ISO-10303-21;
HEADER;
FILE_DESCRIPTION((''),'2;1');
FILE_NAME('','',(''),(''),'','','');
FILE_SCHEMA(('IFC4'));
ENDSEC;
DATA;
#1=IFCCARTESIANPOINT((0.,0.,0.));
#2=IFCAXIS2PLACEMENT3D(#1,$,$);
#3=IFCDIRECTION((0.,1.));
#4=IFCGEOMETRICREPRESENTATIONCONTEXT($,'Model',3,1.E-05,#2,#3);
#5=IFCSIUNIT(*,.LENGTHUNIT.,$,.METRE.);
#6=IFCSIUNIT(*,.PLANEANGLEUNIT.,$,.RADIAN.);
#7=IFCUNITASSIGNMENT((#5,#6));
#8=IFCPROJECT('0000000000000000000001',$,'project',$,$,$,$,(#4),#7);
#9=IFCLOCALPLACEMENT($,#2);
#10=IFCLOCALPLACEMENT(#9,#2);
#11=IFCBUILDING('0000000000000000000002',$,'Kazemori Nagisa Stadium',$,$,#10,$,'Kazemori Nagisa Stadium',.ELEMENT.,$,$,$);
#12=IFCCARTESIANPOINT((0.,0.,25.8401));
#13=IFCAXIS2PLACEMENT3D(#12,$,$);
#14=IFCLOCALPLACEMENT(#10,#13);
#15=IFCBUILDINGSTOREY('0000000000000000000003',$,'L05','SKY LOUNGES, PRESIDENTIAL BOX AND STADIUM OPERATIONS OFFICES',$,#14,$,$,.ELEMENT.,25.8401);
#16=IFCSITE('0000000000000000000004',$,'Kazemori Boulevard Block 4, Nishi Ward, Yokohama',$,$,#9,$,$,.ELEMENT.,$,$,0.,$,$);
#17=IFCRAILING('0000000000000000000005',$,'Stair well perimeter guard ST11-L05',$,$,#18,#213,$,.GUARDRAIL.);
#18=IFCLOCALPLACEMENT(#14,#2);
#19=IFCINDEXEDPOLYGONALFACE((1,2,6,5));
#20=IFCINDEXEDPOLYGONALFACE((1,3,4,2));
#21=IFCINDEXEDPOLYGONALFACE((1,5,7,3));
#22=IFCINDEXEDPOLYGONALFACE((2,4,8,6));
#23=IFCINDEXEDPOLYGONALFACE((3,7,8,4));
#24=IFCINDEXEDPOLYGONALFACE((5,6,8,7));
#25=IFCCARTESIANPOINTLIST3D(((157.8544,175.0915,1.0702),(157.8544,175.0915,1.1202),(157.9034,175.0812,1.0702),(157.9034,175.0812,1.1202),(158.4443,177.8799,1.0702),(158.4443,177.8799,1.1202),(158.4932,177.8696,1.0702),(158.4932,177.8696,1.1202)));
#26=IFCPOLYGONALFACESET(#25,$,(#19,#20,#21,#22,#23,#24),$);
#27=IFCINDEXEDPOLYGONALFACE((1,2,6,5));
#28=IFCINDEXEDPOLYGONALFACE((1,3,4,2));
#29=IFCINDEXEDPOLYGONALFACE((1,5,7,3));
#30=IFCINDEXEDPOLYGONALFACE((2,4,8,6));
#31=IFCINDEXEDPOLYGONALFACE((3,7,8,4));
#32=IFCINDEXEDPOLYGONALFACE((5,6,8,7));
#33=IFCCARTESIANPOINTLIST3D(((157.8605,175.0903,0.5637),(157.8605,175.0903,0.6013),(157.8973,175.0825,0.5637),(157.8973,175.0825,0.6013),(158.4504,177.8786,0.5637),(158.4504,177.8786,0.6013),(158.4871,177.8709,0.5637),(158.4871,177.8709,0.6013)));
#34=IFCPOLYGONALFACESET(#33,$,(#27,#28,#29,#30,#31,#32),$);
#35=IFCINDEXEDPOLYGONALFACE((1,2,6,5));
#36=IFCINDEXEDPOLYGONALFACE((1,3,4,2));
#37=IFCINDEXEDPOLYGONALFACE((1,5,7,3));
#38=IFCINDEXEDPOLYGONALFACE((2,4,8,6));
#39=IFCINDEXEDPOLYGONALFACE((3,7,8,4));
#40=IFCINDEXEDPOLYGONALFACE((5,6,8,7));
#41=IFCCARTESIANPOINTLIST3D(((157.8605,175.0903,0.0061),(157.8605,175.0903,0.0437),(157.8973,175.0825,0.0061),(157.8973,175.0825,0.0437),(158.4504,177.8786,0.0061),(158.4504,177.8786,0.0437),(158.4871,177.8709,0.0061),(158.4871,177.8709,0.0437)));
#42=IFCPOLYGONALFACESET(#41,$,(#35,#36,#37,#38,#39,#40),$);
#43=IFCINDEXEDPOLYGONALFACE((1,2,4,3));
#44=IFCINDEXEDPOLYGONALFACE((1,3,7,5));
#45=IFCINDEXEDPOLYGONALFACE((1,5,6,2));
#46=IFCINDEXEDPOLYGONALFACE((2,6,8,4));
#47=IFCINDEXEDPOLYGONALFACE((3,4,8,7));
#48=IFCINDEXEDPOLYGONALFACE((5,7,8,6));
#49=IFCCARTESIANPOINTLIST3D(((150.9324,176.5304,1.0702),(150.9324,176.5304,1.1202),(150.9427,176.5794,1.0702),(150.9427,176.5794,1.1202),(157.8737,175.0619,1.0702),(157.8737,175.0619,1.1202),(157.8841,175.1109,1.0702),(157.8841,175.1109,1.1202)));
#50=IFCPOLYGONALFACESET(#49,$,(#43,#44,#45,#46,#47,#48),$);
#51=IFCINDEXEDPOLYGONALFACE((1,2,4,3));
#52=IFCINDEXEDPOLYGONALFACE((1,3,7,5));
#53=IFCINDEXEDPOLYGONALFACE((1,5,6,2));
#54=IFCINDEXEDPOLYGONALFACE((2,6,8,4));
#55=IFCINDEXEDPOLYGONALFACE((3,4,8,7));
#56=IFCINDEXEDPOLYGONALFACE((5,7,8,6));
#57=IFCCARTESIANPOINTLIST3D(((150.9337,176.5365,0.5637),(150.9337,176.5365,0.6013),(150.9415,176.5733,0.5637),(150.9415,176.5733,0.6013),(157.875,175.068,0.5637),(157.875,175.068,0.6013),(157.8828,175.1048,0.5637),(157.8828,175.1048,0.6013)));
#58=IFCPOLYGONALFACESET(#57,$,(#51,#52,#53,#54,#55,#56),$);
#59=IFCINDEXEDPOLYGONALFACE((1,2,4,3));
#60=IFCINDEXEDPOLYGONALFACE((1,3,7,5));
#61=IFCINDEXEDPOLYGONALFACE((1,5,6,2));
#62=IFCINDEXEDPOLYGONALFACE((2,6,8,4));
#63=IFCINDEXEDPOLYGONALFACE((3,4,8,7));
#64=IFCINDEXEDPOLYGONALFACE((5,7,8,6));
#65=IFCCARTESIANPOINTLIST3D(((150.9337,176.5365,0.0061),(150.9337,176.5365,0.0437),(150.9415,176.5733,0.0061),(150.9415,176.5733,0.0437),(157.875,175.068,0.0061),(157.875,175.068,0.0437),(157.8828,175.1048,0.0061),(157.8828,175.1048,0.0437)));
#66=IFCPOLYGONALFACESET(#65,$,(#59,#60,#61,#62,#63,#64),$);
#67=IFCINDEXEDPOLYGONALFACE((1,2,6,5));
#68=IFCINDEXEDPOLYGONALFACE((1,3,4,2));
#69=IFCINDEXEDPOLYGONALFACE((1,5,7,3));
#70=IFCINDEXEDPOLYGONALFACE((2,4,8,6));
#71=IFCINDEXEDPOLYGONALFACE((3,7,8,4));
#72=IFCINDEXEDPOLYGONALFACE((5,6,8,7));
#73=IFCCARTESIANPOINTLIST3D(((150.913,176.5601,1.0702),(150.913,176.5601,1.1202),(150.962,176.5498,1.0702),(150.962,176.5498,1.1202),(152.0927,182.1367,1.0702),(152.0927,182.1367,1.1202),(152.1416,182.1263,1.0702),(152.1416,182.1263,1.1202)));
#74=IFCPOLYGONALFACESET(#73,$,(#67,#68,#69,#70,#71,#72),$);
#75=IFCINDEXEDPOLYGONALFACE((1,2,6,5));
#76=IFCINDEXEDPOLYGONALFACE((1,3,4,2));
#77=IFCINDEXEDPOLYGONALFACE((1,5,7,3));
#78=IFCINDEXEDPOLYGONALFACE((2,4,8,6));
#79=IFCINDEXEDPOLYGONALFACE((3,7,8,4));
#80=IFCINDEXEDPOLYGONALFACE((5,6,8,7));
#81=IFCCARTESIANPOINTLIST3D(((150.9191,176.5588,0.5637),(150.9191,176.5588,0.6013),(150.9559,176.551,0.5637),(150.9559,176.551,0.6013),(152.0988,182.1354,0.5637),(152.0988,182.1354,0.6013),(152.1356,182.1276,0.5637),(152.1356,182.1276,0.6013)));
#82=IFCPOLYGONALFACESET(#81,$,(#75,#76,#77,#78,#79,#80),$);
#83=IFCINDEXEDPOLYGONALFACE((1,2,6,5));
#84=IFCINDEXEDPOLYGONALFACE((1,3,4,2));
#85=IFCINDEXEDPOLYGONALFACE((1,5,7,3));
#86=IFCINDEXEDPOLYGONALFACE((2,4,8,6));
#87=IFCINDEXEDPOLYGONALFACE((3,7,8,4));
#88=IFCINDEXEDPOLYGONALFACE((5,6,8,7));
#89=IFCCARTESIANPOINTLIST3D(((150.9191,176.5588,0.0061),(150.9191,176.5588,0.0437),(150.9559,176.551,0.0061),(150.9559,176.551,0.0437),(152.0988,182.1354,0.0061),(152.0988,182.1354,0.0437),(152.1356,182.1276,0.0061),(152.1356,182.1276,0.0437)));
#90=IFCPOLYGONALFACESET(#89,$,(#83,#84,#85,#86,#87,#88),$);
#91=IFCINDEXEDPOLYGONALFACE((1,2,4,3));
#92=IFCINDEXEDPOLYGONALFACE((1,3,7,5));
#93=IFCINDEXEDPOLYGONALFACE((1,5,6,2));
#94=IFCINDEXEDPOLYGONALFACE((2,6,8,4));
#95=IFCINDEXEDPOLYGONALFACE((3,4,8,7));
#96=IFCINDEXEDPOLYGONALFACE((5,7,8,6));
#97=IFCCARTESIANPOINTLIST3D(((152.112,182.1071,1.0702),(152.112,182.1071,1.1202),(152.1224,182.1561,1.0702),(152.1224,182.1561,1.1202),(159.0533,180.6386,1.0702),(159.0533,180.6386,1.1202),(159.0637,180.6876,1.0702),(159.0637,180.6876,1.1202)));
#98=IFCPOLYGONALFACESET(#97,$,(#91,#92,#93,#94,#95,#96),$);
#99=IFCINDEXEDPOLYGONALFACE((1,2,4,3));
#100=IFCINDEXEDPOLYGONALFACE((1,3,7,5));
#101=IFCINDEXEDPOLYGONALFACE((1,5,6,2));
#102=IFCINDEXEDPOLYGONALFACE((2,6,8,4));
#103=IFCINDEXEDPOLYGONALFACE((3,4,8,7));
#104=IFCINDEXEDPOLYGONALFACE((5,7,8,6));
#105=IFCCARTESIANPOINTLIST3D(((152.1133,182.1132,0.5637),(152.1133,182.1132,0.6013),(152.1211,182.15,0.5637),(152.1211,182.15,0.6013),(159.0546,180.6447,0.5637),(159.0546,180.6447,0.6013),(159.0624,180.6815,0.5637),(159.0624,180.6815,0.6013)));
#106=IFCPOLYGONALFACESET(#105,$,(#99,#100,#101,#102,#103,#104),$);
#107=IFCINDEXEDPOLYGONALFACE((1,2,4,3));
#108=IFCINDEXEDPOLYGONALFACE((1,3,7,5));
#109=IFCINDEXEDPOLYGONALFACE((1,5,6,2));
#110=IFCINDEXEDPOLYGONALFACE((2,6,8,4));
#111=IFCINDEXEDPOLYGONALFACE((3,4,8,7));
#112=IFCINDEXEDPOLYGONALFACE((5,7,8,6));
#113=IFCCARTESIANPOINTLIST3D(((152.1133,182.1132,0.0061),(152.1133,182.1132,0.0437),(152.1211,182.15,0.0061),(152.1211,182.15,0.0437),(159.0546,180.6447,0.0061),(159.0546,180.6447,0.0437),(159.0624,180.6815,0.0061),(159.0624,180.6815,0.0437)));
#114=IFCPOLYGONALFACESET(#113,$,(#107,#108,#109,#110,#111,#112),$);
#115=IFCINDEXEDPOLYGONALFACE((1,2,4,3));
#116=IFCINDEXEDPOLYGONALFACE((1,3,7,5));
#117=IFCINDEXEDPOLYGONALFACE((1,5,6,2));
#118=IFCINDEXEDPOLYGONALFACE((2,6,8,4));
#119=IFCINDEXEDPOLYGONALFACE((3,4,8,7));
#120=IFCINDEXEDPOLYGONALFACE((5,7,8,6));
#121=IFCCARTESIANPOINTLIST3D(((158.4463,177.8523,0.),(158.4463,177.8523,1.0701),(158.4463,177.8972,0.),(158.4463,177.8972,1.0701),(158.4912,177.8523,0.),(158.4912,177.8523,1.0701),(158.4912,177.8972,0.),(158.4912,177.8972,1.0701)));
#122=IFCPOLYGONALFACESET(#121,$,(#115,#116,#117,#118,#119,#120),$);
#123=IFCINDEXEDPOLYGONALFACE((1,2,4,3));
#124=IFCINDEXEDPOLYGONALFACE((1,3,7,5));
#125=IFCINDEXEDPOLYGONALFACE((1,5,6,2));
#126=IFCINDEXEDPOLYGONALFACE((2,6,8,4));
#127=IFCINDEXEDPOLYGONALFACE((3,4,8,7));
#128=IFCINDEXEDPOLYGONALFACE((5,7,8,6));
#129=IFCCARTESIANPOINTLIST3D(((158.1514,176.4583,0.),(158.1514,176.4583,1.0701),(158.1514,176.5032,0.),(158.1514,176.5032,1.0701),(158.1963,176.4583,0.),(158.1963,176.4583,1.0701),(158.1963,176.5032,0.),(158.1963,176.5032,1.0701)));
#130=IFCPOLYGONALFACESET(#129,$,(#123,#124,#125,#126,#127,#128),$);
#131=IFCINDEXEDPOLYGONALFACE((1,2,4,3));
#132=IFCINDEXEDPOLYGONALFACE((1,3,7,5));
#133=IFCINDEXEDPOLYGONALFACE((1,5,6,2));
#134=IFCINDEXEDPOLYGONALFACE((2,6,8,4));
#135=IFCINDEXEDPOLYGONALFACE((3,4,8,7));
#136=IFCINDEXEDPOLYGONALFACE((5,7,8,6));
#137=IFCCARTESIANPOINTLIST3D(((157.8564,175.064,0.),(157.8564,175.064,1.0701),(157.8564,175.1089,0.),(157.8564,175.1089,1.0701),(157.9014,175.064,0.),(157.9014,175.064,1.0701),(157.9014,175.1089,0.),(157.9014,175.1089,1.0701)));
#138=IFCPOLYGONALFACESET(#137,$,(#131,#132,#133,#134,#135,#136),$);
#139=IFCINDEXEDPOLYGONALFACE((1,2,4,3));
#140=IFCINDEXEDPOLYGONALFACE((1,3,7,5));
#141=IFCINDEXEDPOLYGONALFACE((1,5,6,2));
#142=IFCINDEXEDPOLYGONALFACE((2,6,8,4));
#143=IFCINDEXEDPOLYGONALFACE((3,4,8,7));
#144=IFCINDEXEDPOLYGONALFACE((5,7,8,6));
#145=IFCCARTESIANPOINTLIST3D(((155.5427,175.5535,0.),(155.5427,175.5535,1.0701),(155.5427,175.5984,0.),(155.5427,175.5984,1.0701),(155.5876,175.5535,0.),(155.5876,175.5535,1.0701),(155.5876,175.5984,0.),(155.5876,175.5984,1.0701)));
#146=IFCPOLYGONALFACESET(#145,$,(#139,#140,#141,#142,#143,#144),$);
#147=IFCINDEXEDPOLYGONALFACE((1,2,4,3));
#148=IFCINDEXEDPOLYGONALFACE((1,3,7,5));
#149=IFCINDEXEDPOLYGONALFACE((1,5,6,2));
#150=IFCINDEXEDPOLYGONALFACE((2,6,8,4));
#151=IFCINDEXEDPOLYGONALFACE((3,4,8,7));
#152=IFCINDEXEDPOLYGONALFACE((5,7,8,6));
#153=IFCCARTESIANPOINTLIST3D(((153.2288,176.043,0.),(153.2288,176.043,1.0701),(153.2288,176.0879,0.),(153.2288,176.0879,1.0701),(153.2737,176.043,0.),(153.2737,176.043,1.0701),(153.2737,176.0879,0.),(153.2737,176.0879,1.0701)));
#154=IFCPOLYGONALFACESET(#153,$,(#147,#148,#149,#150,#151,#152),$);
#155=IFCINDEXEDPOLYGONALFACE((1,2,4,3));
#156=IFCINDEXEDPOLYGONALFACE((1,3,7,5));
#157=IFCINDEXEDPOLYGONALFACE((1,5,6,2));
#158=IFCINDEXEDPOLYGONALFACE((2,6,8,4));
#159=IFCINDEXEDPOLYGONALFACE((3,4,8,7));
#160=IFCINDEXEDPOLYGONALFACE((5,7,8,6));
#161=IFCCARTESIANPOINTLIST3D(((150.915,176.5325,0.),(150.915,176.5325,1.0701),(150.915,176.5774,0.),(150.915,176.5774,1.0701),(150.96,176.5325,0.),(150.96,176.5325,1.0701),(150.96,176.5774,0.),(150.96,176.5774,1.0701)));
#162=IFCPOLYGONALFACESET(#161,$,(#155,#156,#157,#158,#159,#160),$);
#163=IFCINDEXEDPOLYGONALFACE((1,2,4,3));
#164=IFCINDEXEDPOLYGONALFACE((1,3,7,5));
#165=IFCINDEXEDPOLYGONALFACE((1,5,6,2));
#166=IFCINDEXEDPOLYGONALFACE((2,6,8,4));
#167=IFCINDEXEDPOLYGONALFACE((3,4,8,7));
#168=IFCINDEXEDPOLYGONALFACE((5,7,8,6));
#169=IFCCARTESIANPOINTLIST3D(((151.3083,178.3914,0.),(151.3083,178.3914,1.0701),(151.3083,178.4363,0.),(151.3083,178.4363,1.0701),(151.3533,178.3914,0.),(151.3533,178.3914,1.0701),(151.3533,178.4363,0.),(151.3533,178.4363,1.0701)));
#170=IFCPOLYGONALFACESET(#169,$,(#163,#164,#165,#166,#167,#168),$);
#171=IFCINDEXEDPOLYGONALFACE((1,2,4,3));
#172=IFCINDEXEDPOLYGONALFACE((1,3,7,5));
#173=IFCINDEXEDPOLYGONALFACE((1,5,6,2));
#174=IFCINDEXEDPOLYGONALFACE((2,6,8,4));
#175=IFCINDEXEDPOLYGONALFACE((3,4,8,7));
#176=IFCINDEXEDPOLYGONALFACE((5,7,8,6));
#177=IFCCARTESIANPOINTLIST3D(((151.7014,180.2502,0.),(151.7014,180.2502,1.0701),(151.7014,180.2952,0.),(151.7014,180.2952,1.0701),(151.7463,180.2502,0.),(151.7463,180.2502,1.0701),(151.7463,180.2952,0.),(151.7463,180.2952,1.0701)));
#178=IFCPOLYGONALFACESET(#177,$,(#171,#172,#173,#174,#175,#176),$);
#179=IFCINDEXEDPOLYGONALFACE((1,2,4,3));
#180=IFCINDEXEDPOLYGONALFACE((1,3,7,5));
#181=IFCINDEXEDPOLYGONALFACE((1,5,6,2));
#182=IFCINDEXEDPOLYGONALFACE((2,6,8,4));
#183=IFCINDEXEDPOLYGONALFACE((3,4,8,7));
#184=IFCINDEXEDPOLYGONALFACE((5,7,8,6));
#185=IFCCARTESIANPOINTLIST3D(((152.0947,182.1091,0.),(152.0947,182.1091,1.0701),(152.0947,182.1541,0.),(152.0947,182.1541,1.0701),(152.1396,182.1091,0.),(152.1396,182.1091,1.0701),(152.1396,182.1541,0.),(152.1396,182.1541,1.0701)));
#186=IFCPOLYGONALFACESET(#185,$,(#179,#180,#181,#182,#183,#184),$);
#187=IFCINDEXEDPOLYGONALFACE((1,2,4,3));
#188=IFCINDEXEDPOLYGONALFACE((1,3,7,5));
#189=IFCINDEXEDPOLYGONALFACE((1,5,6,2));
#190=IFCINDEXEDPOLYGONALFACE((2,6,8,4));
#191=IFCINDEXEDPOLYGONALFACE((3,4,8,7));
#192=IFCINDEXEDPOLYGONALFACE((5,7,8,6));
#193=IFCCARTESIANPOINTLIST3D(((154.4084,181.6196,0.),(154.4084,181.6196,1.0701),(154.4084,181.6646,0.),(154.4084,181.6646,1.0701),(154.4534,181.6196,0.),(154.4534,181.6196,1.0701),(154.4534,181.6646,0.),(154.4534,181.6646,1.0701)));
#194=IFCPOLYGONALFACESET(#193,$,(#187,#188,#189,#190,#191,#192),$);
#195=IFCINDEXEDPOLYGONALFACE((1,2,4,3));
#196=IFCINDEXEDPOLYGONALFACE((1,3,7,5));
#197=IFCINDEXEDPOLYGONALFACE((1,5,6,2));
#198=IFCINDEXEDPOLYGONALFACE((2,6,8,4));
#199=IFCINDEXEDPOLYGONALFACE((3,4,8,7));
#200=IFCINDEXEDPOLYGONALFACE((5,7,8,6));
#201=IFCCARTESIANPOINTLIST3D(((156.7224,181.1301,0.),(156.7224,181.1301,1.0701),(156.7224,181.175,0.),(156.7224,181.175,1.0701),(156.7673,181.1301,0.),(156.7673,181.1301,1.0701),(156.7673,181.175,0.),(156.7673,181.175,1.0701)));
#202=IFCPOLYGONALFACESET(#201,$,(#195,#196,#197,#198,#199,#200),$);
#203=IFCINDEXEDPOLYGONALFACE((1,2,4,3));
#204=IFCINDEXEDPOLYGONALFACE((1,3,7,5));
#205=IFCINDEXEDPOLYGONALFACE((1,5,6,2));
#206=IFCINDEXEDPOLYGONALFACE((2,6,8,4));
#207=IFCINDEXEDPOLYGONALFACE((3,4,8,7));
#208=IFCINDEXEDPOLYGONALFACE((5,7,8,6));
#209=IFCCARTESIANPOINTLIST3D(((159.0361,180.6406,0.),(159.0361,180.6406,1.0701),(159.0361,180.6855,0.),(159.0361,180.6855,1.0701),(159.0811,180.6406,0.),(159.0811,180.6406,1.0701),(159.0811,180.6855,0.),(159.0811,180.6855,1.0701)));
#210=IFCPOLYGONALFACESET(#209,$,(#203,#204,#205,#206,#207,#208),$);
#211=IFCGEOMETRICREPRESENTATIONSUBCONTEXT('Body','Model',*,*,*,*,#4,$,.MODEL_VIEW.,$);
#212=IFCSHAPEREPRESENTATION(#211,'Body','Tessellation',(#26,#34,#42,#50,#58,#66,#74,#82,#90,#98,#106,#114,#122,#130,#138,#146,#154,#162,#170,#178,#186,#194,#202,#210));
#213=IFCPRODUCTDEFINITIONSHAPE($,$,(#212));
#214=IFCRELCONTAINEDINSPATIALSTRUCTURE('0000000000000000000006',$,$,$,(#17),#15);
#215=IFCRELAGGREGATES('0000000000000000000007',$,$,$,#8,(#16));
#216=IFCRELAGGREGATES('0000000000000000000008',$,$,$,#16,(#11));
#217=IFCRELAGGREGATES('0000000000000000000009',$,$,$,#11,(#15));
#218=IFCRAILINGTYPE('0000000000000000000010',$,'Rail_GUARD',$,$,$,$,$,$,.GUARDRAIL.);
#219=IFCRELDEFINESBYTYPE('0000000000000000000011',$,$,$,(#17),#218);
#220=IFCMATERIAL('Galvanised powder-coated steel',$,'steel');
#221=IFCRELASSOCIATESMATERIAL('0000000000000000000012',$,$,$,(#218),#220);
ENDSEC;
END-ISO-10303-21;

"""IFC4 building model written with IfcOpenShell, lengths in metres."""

from ifc_helpers import new_model, si_unit, direction, frame, origin, origin_2d, place, context, subcontext, project, spatial, rectangle, extrude, material, type_object, element, save


model = new_model("IFC4")

# Units and contexts
model_context = context("Model", 3, precision=1e-05, world=origin(), true_north=direction((0.0, 1.0)))
body_context = subcontext(model_context, "Body", "Model", "MODEL_VIEW")
ifc_project = project(units=[si_unit("LENGTHUNIT", "METRE"), si_unit("PLANEANGLEUNIT", "RADIAN")], contexts=[model_context])

# Site, building, storey
site_placement = place(None, origin())
site = spatial("IfcSite", under=ifc_project, at=site_placement, Name="Kazemori Boulevard Block 4, Nishi Ward, Yokohama", CompositionType="ELEMENT", RefElevation=0.0)
building_placement = place(site_placement, origin())
building = spatial("IfcBuilding", under=site, at=building_placement, Name="Kazemori Nagisa Stadium", LongName="Kazemori Nagisa Stadium", CompositionType="ELEMENT")
storey_placement = place(building_placement, frame((0.0, 0.0, 25.8401)))
storey = spatial("IfcBuildingStorey", under=building, at=storey_placement, Name="L05", Description="SKY LOUNGES, PRESIDENTIAL BOX AND STADIUM OPERATIONS OFFICES", CompositionType="ELEMENT", Elevation=25.8401)

# Railing
ifc_material_1 = material(Name="Galvanised powder-coated steel", Category="steel")
railing_type_1 = type_object("IfcRailingType", Name="Rail_GUARD", PredefinedType="GUARDRAIL", material=ifc_material_1)
railing_1_placement = place(storey_placement, frame((158.4688, 177.8748, 0.0)))
element("IfcRailing", 1, at=railing_1_placement, inside=storey, type_object=railing_type_1, Name="Stair well perimeter guard ST11-L05", PredefinedType="GUARDRAIL", context=body_context, shape_type="SweptSolid", body=[
    extrude(rectangle(XDim=0.05, YDim=0.05, at=origin_2d()), frame((0.0, 0.0, 1.0952), z_axis=(-0.20696, -0.978349, 0.0), x_axis=(0.978349, -0.20696, 0.0)), (0.0, 0.0, 1.0), 2.8501),
    extrude(rectangle(XDim=0.0376, YDim=0.0376, at=origin_2d()), frame((0.0, 0.0, 0.5825), z_axis=(-0.20696, -0.978349, 0.0), x_axis=(0.978349, -0.20696, 0.0)), (0.0, 0.0, 1.0), 2.8501),
    extrude(rectangle(XDim=0.0376, YDim=0.0376, at=origin_2d()), frame((0.0, 0.0, 0.0249), z_axis=(-0.20696, -0.978349, 0.0), x_axis=(0.978349, -0.20696, 0.0)), (0.0, 0.0, 1.0), 2.8501),
    extrude(rectangle(XDim=0.05, YDim=0.05, at=origin_2d()), frame((-0.5898, -2.7883, 1.0952), z_axis=(-0.978346, 0.206976, 0.0), x_axis=(-0.206976, -0.978346, 0.0)), (0.0, 0.0, 1.0), 7.095),
    extrude(rectangle(XDim=0.0376, YDim=0.0376, at=origin_2d()), frame((-0.5898, -2.7883, 0.5825), z_axis=(-0.978346, 0.206976, 0.0), x_axis=(-0.206976, -0.978346, 0.0)), (0.0, 0.0, 1.0), 7.095),
    extrude(rectangle(XDim=0.0376, YDim=0.0376, at=origin_2d()), frame((-0.5898, -2.7883, 0.0249), z_axis=(-0.978346, 0.206976, 0.0), x_axis=(-0.206976, -0.978346, 0.0)), (0.0, 0.0, 1.0), 7.095),
    extrude(rectangle(XDim=0.05, YDim=0.05, at=origin_2d()), frame((-7.5312, -1.3198, 1.0952), z_axis=(0.20696, 0.978349, 0.0), x_axis=(-0.978349, 0.20696, 0.0)), (0.0, 0.0, 1.0), 5.7),
    extrude(rectangle(XDim=0.0376, YDim=0.0376, at=origin_2d()), frame((-7.5312, -1.3198, 0.5825), z_axis=(0.20696, 0.978349, 0.0), x_axis=(-0.978349, 0.20696, 0.0)), (0.0, 0.0, 1.0), 5.7),
    extrude(rectangle(XDim=0.0376, YDim=0.0376, at=origin_2d()), frame((-7.5312, -1.3198, 0.0249), z_axis=(0.20696, 0.978349, 0.0), x_axis=(-0.978349, 0.20696, 0.0)), (0.0, 0.0, 1.0), 5.7),
    extrude(rectangle(XDim=0.05, YDim=0.05, at=origin_2d()), frame((-6.3516, 4.2568, 1.0952), z_axis=(0.978346, -0.206976, 0.0), x_axis=(0.206976, 0.978346, 0.0)), (0.0, 0.0, 1.0), 7.095),
    extrude(rectangle(XDim=0.0376, YDim=0.0376, at=origin_2d()), frame((-6.3516, 4.2568, 0.5825), z_axis=(0.978346, -0.206976, 0.0), x_axis=(0.206976, 0.978346, 0.0)), (0.0, 0.0, 1.0), 7.095),
    extrude(rectangle(XDim=0.0376, YDim=0.0376, at=origin_2d()), frame((-6.3516, 4.2568, 0.0249), z_axis=(0.978346, -0.206976, 0.0), x_axis=(0.206976, 0.978346, 0.0)), (0.0, 0.0, 1.0), 7.095),
    extrude(rectangle(XDim=0.0449, YDim=0.0449, at=origin_2d()), origin(), (0.0, 0.0, 1.0), 1.0701),
    extrude(rectangle(XDim=0.0449, YDim=0.0449, at=origin_2d()), frame((-0.2949, -1.394, 0.0)), (0.0, 0.0, 1.0), 1.0701),
    extrude(rectangle(XDim=0.0449, YDim=0.0449, at=origin_2d()), frame((-0.5898, -2.7883, 0.0)), (0.0, 0.0, 1.0), 1.0701),
    extrude(rectangle(XDim=0.0449, YDim=0.0449, at=origin_2d()), frame((-2.9036, -2.2988, 0.0)), (0.0, 0.0, 1.0), 1.0701),
    extrude(rectangle(XDim=0.0449, YDim=0.0449, at=origin_2d()), frame((-5.2175, -1.8093, 0.0)), (0.0, 0.0, 1.0), 1.0701),
    extrude(rectangle(XDim=0.0449, YDim=0.0449, at=origin_2d()), frame((-7.5312, -1.3198, 0.0)), (0.0, 0.0, 1.0), 1.0701),
    extrude(rectangle(XDim=0.0449, YDim=0.0449, at=origin_2d()), frame((-7.1379, 0.5391, 0.0)), (0.0, 0.0, 1.0), 1.0701),
    extrude(rectangle(XDim=0.0449, YDim=0.0449, at=origin_2d()), frame((-6.7449, 2.3979, 0.0)), (0.0, 0.0, 1.0), 1.0701),
    extrude(rectangle(XDim=0.0449, YDim=0.0449, at=origin_2d()), frame((-6.3516, 4.2568, 0.0)), (0.0, 0.0, 1.0), 1.0701),
    extrude(rectangle(XDim=0.0449, YDim=0.0449, at=origin_2d()), frame((-4.0378, 3.7673, 0.0)), (0.0, 0.0, 1.0), 1.0701),
    extrude(rectangle(XDim=0.0449, YDim=0.0449, at=origin_2d()), frame((-1.7239, 3.2778, 0.0)), (0.0, 0.0, 1.0), 1.0701),
    extrude(rectangle(XDim=0.0449, YDim=0.0449, at=origin_2d()), frame((0.5898, 2.7883, 0.0)), (0.0, 0.0, 1.0), 1.0701),
])

save(model, "model.ifc")
